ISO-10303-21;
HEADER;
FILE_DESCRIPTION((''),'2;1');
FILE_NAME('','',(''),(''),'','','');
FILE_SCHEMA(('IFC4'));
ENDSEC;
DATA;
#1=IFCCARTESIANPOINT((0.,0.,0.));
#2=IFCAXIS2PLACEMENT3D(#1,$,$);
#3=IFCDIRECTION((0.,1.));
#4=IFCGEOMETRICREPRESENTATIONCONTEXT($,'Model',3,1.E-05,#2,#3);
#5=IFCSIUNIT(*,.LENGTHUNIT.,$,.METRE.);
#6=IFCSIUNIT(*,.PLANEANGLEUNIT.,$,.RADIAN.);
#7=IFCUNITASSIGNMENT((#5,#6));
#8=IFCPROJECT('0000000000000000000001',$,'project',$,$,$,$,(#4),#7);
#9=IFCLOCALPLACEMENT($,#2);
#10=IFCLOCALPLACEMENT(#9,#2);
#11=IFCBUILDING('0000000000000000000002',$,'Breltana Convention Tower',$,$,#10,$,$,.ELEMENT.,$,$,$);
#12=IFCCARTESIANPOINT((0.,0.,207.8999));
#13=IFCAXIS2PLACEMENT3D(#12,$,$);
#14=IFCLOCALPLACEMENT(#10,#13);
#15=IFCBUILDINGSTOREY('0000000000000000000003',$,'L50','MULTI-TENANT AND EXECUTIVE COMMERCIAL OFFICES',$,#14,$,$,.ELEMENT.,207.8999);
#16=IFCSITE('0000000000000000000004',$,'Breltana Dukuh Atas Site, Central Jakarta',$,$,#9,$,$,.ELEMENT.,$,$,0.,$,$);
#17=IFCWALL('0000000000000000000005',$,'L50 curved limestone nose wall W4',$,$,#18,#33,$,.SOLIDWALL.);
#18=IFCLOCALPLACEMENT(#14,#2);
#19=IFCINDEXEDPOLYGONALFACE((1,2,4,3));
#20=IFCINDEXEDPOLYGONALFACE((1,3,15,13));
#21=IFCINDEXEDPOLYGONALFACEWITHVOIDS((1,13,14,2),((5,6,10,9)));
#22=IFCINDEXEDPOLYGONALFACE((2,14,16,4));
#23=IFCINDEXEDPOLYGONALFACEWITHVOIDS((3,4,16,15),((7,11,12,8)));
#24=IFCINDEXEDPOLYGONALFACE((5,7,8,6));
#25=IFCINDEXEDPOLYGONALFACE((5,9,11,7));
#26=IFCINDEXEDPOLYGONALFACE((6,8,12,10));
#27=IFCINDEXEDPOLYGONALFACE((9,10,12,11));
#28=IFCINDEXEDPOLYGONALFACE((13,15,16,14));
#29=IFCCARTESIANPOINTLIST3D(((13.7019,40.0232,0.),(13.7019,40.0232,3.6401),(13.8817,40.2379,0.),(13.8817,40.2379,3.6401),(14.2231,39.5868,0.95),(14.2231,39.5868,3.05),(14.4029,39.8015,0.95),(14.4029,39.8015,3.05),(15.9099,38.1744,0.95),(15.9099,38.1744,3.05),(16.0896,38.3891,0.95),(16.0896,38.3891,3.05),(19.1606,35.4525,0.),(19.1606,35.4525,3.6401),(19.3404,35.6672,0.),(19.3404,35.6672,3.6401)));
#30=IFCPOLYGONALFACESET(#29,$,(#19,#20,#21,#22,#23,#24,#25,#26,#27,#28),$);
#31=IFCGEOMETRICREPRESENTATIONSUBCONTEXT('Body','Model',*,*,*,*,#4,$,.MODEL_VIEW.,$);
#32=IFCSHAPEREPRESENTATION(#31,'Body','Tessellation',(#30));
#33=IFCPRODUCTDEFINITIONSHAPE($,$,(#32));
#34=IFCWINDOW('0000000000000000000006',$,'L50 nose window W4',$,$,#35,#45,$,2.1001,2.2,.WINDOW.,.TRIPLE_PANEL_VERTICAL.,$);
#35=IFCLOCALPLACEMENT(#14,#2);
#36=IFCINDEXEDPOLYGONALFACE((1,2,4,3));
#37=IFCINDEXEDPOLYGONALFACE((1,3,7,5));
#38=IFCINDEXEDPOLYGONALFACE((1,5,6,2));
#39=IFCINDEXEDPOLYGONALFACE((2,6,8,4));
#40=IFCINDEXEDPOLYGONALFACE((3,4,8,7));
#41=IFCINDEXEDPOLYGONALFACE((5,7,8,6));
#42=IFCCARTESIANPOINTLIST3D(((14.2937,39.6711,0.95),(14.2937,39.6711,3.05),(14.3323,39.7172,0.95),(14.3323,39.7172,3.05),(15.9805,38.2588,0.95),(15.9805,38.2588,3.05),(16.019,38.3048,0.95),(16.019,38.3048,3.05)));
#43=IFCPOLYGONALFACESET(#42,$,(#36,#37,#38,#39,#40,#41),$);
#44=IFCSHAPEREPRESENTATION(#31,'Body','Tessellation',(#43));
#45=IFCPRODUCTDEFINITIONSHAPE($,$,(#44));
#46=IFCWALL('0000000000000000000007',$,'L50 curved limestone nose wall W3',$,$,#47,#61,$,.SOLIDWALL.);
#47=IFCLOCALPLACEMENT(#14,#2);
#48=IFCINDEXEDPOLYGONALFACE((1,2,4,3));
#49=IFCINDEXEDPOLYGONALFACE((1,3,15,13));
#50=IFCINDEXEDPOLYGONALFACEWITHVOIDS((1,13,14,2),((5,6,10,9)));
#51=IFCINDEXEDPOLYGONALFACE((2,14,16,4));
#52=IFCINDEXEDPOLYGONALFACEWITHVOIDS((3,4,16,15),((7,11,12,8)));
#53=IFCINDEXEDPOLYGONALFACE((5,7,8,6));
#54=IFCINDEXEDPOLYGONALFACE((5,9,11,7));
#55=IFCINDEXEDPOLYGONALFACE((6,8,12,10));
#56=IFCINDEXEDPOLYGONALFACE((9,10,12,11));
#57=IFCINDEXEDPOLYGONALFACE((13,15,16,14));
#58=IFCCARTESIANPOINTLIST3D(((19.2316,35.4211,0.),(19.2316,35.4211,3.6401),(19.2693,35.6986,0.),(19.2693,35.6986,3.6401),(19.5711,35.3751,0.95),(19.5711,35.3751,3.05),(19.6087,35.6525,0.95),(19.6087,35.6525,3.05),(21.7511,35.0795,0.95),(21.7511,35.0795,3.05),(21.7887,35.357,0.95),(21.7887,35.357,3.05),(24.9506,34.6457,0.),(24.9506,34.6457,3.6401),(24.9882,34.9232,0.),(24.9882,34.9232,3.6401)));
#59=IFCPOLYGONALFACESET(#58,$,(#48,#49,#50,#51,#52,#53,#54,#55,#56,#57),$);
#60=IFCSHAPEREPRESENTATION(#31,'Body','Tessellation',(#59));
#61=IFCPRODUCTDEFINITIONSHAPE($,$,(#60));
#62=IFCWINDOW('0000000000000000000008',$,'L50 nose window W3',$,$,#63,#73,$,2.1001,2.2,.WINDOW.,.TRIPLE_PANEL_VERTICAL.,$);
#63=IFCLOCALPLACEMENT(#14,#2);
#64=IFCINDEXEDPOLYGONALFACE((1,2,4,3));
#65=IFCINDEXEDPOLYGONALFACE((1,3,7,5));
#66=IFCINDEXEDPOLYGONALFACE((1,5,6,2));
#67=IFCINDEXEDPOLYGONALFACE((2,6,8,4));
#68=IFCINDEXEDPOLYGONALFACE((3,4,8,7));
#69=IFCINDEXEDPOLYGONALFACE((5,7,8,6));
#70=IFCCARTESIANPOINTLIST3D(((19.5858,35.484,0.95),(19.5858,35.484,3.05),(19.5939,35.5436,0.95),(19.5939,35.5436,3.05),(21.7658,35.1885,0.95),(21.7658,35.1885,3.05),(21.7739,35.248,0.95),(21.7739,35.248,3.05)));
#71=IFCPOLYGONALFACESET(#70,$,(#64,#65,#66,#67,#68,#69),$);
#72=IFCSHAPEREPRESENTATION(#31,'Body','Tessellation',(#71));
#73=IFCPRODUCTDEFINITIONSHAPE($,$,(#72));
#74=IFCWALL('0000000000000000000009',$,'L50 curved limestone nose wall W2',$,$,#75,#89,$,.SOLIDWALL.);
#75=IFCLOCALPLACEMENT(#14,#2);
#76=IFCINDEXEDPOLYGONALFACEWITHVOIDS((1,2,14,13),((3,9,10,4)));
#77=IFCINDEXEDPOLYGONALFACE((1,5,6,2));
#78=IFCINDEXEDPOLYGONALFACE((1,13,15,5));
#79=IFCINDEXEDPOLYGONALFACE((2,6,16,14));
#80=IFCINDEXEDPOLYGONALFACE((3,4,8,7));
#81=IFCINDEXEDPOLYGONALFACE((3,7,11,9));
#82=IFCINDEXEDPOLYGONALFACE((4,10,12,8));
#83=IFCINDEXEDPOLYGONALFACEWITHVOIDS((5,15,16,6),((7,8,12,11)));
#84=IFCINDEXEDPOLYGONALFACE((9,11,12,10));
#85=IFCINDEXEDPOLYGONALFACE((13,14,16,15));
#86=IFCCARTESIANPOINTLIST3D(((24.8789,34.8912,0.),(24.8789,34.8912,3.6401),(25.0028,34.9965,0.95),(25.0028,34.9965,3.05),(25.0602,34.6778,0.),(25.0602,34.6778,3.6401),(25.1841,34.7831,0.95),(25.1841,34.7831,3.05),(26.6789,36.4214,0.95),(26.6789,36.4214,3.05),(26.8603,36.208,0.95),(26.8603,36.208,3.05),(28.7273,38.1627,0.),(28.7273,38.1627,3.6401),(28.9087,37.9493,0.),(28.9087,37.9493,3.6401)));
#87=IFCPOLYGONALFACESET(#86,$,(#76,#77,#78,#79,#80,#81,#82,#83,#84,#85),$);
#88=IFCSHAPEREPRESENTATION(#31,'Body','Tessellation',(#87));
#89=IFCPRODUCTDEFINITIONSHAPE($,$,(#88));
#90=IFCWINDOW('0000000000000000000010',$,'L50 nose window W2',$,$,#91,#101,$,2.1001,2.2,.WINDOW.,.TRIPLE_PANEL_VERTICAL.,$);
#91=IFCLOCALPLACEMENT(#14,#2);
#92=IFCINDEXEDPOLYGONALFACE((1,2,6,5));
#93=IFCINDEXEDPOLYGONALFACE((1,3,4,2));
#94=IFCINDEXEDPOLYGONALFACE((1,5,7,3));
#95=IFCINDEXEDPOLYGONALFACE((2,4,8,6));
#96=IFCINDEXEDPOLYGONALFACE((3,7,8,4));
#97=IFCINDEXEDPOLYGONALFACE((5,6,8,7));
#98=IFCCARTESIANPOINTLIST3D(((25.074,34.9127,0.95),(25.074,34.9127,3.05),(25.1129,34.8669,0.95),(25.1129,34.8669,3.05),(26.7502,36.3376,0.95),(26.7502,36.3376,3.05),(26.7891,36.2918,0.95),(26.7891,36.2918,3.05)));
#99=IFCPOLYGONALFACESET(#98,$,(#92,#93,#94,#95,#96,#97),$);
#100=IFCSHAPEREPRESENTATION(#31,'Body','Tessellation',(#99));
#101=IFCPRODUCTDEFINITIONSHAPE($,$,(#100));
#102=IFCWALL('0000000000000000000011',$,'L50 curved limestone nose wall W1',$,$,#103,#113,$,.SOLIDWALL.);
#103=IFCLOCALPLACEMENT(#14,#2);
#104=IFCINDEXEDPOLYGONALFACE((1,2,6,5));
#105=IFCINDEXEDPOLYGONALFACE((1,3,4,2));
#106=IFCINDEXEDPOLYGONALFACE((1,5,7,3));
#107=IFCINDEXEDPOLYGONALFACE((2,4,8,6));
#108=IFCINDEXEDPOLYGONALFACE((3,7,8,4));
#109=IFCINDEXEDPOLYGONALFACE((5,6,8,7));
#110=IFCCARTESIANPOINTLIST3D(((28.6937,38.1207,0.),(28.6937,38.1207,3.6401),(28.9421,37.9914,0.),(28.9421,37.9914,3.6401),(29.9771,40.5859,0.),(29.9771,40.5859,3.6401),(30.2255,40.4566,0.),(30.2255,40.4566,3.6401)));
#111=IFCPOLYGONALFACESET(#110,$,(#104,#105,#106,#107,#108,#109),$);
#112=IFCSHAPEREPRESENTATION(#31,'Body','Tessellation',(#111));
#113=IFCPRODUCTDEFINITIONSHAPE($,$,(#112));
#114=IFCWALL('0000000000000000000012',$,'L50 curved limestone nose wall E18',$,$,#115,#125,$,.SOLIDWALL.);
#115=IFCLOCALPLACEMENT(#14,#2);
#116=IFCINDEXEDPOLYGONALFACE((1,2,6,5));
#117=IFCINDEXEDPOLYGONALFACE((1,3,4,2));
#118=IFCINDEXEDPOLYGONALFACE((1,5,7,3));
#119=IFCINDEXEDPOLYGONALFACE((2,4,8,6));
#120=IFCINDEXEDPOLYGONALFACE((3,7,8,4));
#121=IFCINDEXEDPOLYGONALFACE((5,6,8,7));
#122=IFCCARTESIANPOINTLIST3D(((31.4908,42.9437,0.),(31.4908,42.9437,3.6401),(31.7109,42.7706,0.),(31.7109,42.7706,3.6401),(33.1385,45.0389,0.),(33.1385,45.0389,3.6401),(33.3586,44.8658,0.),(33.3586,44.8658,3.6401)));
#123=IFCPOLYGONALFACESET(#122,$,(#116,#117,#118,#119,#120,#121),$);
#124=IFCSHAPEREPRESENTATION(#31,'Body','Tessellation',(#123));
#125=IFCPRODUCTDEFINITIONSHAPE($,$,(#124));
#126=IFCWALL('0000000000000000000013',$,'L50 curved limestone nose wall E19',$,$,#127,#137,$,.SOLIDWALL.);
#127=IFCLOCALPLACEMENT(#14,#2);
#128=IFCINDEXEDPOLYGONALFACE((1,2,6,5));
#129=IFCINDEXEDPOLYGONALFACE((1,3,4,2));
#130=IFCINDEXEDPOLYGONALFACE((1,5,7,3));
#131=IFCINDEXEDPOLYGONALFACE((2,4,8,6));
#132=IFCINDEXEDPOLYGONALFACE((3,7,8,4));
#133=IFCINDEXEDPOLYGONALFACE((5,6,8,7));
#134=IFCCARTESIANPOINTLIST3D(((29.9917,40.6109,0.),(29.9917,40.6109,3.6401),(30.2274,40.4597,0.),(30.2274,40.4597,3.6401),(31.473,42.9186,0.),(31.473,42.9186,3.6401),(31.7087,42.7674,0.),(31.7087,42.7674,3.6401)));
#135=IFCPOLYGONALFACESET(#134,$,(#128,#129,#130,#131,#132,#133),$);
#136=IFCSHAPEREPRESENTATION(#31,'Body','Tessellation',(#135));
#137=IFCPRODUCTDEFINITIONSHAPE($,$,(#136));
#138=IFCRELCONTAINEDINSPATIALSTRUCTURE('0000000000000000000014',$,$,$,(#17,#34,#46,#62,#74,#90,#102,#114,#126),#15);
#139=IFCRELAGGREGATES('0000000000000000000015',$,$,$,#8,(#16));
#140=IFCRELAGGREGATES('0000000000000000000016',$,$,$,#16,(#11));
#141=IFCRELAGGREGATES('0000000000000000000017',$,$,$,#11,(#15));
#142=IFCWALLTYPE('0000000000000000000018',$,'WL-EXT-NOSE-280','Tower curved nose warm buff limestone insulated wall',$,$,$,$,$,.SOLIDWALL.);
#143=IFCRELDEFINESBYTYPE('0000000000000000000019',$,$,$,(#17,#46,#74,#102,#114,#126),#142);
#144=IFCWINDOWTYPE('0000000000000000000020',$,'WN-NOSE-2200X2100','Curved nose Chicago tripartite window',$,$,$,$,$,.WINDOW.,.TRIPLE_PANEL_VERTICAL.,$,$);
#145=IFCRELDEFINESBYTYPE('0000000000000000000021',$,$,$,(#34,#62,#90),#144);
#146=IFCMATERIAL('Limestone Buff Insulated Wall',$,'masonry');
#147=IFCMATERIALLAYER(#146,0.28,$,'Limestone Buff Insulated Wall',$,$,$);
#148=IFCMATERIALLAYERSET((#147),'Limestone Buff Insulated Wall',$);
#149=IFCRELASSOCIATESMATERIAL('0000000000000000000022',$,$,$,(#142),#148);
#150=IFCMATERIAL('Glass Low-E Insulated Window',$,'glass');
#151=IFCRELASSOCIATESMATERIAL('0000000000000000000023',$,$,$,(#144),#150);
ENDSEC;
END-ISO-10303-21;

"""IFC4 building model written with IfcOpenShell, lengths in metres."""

from ifc_helpers import new_model, si_unit, direction, frame, frame_2d, origin, place, context, subcontext, project, spatial, rectangle, extrude, source, transform, mapped, material, layer, layer_set, type_object, type_shapes, element, fill, save


model = new_model("IFC4")

# Units and contexts
model_context = context("Model", 3, precision=1e-05, world=origin(), true_north=direction((0.0, 1.0)))
body_context = subcontext(model_context, "Body", "Model", "MODEL_VIEW")
ifc_project = project(units=[si_unit("LENGTHUNIT", "METRE"), si_unit("PLANEANGLEUNIT", "RADIAN")], contexts=[model_context])

# Site, building, storey
site_placement = place(None, origin())
site = spatial("IfcSite", under=ifc_project, at=site_placement, Name="Breltana Dukuh Atas Site, Central Jakarta", CompositionType="ELEMENT", RefElevation=0.0)
building_placement = place(site_placement, origin())
building = spatial("IfcBuilding", under=site, at=building_placement, Name="Breltana Convention Tower", CompositionType="ELEMENT")
storey_placement = place(building_placement, frame((0.0, 0.0, 207.8999)))
storey = spatial("IfcBuildingStorey", under=building, at=storey_placement, Name="L50", Description="MULTI-TENANT AND EXECUTIVE COMMERCIAL OFFICES", CompositionType="ELEMENT", Elevation=207.8999)

# Walls, openings, windows
ifc_material_1 = material(Name="Limestone Buff Insulated Wall", Category="masonry")
ifc_layer_1 = layer(ifc_material_1, 0.28, Name="Limestone Buff Insulated Wall")
ifc_layer_set_1 = layer_set([ifc_layer_1], Name="Limestone Buff Insulated Wall")
wall_type = type_object("IfcWallType", Name="WL-EXT-NOSE-280", Description="Tower curved nose warm buff limestone insulated wall", PredefinedType="SOLIDWALL", material=ifc_layer_set_1)
ifc_material_2 = material(Name="Glass Low-E Insulated Window", Category="glass")
window_type = type_object("IfcWindowType", Name="WN-NOSE-2200X2100", Description="Curved nose Chicago tripartite window", PartitioningType="TRIPLE_PANEL_VERTICAL", PredefinedType="WINDOW", material=ifc_material_2)
shared_shape_1 = source(origin(), body_context, "Body", "SweptSolid", [
    extrude(rectangle(XDim=2.2, YDim=2.1001, at=frame_2d((1.1001, 1.05))), frame((0.0, 0.03, 0.0), z_axis=(0.0, -1.0, 0.0), x_axis=(1.0, 0.0, 0.0)), (0.0, 0.0, 1.0), 0.0601),
])
type_shapes(window_type, [shared_shape_1])
shared_shape_2 = source(origin(), body_context, "Body", "SweptSolid", [
    extrude(rectangle(XDim=7.1196, YDim=0.28, at=frame_2d((3.5598, 0.0))), origin(), (0.0, 0.0, 1.0), 3.6401),
])
wall_1_placement = place(storey_placement, frame((19.2505, 35.5598, 0.0), z_axis=(0.0, 0.0, 1.0), x_axis=(-0.76671, 0.641994, 0.0)))
wall_1 = element("IfcWall", 1, at=wall_1_placement, inside=storey, type_object=wall_type, Name="L50 curved limestone nose wall W4", PredefinedType="SOLIDWALL", context=body_context, shape_type="MappedRepresentation", body=[
    mapped(shared_shape_2, transform((0.0, 0.0, 0.0), scale=1.0)),
])
opening_1_placement = place(wall_1_placement, frame((4.2397, 0.0, 0.95)))
opening_1 = element("IfcOpeningElement", 2, at=opening_1_placement, cuts=wall_1, PredefinedType="OPENING", context=body_context, shape_type="SweptSolid", body=[
    extrude(rectangle(XDim=2.2, YDim=2.1001, at=frame_2d((1.1001, 1.05))), frame((0.0, 0.1499, 0.0), z_axis=(0.0, -1.0, 0.0), x_axis=(1.0, 0.0, 0.0)), (0.0, 0.0, 1.0), 0.3),
])
window_1_placement = place(opening_1_placement, origin())
window_1 = element("IfcWindow", 3, at=window_1_placement, inside=storey, type_object=window_type, Name="L50 nose window W4", OverallHeight=2.1001, OverallWidth=2.2, PartitioningType="TRIPLE_PANEL_VERTICAL", PredefinedType="WINDOW", context=body_context, shape_type="MappedRepresentation", body=[
    mapped(shared_shape_1, transform((0.0, 0.0, 0.0), scale=1.0)),
])
fill(opening_1, window_1)
shared_shape_3 = source(origin(), body_context, "Body", "SweptSolid", [
    extrude(rectangle(XDim=5.7712, YDim=0.28, at=frame_2d((2.8857, 0.0))), origin(), (0.0, 0.0, 1.0), 3.6401),
])
wall_2_placement = place(storey_placement, frame((24.9695, 34.7844, 0.0), z_axis=(0.0, 0.0, 1.0), x_axis=(-0.990934, 0.134352, 0.0)))
wall_2 = element("IfcWall", 4, at=wall_2_placement, inside=storey, type_object=wall_type, Name="L50 curved limestone nose wall W3", PredefinedType="SOLIDWALL", context=body_context, shape_type="MappedRepresentation", body=[
    mapped(shared_shape_3, transform((0.0, 0.0, 0.0), scale=1.0)),
])
opening_2_placement = place(wall_2_placement, frame((3.2288, 0.0, 0.95)))
opening_2 = element("IfcOpeningElement", 5, at=opening_2_placement, cuts=wall_2, PredefinedType="OPENING", context=body_context, shape_type="SweptSolid", body=[
    extrude(rectangle(XDim=2.2, YDim=2.1001, at=frame_2d((1.1001, 1.05))), frame((0.0, 0.1499, 0.0), z_axis=(0.0, -1.0, 0.0), x_axis=(1.0, 0.0, 0.0)), (0.0, 0.0, 1.0), 0.3),
])
window_2_placement = place(opening_2_placement, origin())
window_2 = element("IfcWindow", 6, at=window_2_placement, inside=storey, type_object=window_type, Name="L50 nose window W3", OverallHeight=2.1001, OverallWidth=2.2, PartitioningType="TRIPLE_PANEL_VERTICAL", PredefinedType="WINDOW", context=body_context, shape_type="MappedRepresentation", body=[
    mapped(shared_shape_1, transform((0.0, 0.0, 0.0), scale=1.0)),
])
fill(opening_2, window_2)
shared_shape_4 = source(origin(), body_context, "Body", "SweptSolid", [
    extrude(rectangle(XDim=5.051, YDim=0.28, at=frame_2d((2.5254, 0.0))), origin(), (0.0, 0.0, 1.0), 3.6401),
])
wall_3_placement = place(storey_placement, frame((28.8179, 38.0559, 0.0), z_axis=(0.0, 0.0, 1.0), x_axis=(-0.761905, -0.647689, 0.0)))
wall_3 = element("IfcWall", 7, at=wall_3_placement, inside=storey, type_object=wall_type, Name="L50 curved limestone nose wall W2", PredefinedType="SOLIDWALL", context=body_context, shape_type="MappedRepresentation", body=[
    mapped(shared_shape_4, transform((0.0, 0.0, 0.0), scale=1.0)),
])
opening_3_placement = place(wall_3_placement, frame((2.6882, 0.0, 0.95)))
opening_3 = element("IfcOpeningElement", 8, at=opening_3_placement, cuts=wall_3, PredefinedType="OPENING", context=body_context, shape_type="SweptSolid", body=[
    extrude(rectangle(XDim=2.2, YDim=2.1001, at=frame_2d((1.1001, 1.05))), frame((0.0, 0.1499, 0.0), z_axis=(0.0, -1.0, 0.0), x_axis=(1.0, 0.0, 0.0)), (0.0, 0.0, 1.0), 0.3),
])
window_3_placement = place(opening_3_placement, origin())
window_3 = element("IfcWindow", 9, at=window_3_placement, inside=storey, type_object=window_type, Name="L50 nose window W2", OverallHeight=2.1001, OverallWidth=2.2, PartitioningType="TRIPLE_PANEL_VERTICAL", PredefinedType="WINDOW", context=body_context, shape_type="MappedRepresentation", body=[
    mapped(shared_shape_1, transform((0.0, 0.0, 0.0), scale=1.0)),
])
fill(opening_3, window_3)

# Walls
shared_shape_5 = source(origin(), body_context, "Body", "SweptSolid", [
    extrude(rectangle(XDim=2.7793, YDim=0.28, at=frame_2d((1.3896, 0.0))), origin(), (0.0, 0.0, 1.0), 3.6401),
])
wall_4_placement = place(storey_placement, frame((30.1013, 40.5212, 0.0), z_axis=(0.0, 0.0, 1.0), x_axis=(-0.46177, -0.887, 0.0)))
element("IfcWall", 10, at=wall_4_placement, inside=storey, type_object=wall_type, Name="L50 curved limestone nose wall W1", PredefinedType="SOLIDWALL", context=body_context, shape_type="MappedRepresentation", body=[
    mapped(shared_shape_5, transform((0.0, 0.0, 0.0), scale=1.0)),
])
shared_shape_6 = source(origin(), body_context, "Body", "SweptSolid", [
    extrude(rectangle(XDim=2.6655, YDim=0.28, at=frame_2d((1.3328, 0.0))), origin(), (0.0, 0.0, 1.0), 3.6401),
])
wall_5_placement = place(storey_placement, frame((33.2485, 44.9524, 0.0), z_axis=(0.0, 0.0, 1.0), x_axis=(-0.618161, -0.786051, 0.0)))
element("IfcWall", 11, at=wall_5_placement, inside=storey, type_object=wall_type, Name="L50 curved limestone nose wall E18", PredefinedType="SOLIDWALL", context=body_context, shape_type="MappedRepresentation", body=[
    mapped(shared_shape_6, transform((0.0, 0.0, 0.0), scale=1.0)),
])
shared_shape_7 = source(origin(), body_context, "Body", "SweptSolid", [
    extrude(rectangle(XDim=2.7422, YDim=0.28, at=frame_2d((1.3711, 0.0))), origin(), (0.0, 0.0, 1.0), 3.6401),
])
wall_6_placement = place(storey_placement, frame((31.5908, 42.843, 0.0), z_axis=(0.0, 0.0, 1.0), x_axis=(-0.540172, -0.841554, 0.0)))
element("IfcWall", 12, at=wall_6_placement, inside=storey, type_object=wall_type, Name="L50 curved limestone nose wall E19", PredefinedType="SOLIDWALL", context=body_context, shape_type="MappedRepresentation", body=[
    mapped(shared_shape_7, transform((0.0, 0.0, 0.0), scale=1.0)),
])

save(model, "model.ifc")
